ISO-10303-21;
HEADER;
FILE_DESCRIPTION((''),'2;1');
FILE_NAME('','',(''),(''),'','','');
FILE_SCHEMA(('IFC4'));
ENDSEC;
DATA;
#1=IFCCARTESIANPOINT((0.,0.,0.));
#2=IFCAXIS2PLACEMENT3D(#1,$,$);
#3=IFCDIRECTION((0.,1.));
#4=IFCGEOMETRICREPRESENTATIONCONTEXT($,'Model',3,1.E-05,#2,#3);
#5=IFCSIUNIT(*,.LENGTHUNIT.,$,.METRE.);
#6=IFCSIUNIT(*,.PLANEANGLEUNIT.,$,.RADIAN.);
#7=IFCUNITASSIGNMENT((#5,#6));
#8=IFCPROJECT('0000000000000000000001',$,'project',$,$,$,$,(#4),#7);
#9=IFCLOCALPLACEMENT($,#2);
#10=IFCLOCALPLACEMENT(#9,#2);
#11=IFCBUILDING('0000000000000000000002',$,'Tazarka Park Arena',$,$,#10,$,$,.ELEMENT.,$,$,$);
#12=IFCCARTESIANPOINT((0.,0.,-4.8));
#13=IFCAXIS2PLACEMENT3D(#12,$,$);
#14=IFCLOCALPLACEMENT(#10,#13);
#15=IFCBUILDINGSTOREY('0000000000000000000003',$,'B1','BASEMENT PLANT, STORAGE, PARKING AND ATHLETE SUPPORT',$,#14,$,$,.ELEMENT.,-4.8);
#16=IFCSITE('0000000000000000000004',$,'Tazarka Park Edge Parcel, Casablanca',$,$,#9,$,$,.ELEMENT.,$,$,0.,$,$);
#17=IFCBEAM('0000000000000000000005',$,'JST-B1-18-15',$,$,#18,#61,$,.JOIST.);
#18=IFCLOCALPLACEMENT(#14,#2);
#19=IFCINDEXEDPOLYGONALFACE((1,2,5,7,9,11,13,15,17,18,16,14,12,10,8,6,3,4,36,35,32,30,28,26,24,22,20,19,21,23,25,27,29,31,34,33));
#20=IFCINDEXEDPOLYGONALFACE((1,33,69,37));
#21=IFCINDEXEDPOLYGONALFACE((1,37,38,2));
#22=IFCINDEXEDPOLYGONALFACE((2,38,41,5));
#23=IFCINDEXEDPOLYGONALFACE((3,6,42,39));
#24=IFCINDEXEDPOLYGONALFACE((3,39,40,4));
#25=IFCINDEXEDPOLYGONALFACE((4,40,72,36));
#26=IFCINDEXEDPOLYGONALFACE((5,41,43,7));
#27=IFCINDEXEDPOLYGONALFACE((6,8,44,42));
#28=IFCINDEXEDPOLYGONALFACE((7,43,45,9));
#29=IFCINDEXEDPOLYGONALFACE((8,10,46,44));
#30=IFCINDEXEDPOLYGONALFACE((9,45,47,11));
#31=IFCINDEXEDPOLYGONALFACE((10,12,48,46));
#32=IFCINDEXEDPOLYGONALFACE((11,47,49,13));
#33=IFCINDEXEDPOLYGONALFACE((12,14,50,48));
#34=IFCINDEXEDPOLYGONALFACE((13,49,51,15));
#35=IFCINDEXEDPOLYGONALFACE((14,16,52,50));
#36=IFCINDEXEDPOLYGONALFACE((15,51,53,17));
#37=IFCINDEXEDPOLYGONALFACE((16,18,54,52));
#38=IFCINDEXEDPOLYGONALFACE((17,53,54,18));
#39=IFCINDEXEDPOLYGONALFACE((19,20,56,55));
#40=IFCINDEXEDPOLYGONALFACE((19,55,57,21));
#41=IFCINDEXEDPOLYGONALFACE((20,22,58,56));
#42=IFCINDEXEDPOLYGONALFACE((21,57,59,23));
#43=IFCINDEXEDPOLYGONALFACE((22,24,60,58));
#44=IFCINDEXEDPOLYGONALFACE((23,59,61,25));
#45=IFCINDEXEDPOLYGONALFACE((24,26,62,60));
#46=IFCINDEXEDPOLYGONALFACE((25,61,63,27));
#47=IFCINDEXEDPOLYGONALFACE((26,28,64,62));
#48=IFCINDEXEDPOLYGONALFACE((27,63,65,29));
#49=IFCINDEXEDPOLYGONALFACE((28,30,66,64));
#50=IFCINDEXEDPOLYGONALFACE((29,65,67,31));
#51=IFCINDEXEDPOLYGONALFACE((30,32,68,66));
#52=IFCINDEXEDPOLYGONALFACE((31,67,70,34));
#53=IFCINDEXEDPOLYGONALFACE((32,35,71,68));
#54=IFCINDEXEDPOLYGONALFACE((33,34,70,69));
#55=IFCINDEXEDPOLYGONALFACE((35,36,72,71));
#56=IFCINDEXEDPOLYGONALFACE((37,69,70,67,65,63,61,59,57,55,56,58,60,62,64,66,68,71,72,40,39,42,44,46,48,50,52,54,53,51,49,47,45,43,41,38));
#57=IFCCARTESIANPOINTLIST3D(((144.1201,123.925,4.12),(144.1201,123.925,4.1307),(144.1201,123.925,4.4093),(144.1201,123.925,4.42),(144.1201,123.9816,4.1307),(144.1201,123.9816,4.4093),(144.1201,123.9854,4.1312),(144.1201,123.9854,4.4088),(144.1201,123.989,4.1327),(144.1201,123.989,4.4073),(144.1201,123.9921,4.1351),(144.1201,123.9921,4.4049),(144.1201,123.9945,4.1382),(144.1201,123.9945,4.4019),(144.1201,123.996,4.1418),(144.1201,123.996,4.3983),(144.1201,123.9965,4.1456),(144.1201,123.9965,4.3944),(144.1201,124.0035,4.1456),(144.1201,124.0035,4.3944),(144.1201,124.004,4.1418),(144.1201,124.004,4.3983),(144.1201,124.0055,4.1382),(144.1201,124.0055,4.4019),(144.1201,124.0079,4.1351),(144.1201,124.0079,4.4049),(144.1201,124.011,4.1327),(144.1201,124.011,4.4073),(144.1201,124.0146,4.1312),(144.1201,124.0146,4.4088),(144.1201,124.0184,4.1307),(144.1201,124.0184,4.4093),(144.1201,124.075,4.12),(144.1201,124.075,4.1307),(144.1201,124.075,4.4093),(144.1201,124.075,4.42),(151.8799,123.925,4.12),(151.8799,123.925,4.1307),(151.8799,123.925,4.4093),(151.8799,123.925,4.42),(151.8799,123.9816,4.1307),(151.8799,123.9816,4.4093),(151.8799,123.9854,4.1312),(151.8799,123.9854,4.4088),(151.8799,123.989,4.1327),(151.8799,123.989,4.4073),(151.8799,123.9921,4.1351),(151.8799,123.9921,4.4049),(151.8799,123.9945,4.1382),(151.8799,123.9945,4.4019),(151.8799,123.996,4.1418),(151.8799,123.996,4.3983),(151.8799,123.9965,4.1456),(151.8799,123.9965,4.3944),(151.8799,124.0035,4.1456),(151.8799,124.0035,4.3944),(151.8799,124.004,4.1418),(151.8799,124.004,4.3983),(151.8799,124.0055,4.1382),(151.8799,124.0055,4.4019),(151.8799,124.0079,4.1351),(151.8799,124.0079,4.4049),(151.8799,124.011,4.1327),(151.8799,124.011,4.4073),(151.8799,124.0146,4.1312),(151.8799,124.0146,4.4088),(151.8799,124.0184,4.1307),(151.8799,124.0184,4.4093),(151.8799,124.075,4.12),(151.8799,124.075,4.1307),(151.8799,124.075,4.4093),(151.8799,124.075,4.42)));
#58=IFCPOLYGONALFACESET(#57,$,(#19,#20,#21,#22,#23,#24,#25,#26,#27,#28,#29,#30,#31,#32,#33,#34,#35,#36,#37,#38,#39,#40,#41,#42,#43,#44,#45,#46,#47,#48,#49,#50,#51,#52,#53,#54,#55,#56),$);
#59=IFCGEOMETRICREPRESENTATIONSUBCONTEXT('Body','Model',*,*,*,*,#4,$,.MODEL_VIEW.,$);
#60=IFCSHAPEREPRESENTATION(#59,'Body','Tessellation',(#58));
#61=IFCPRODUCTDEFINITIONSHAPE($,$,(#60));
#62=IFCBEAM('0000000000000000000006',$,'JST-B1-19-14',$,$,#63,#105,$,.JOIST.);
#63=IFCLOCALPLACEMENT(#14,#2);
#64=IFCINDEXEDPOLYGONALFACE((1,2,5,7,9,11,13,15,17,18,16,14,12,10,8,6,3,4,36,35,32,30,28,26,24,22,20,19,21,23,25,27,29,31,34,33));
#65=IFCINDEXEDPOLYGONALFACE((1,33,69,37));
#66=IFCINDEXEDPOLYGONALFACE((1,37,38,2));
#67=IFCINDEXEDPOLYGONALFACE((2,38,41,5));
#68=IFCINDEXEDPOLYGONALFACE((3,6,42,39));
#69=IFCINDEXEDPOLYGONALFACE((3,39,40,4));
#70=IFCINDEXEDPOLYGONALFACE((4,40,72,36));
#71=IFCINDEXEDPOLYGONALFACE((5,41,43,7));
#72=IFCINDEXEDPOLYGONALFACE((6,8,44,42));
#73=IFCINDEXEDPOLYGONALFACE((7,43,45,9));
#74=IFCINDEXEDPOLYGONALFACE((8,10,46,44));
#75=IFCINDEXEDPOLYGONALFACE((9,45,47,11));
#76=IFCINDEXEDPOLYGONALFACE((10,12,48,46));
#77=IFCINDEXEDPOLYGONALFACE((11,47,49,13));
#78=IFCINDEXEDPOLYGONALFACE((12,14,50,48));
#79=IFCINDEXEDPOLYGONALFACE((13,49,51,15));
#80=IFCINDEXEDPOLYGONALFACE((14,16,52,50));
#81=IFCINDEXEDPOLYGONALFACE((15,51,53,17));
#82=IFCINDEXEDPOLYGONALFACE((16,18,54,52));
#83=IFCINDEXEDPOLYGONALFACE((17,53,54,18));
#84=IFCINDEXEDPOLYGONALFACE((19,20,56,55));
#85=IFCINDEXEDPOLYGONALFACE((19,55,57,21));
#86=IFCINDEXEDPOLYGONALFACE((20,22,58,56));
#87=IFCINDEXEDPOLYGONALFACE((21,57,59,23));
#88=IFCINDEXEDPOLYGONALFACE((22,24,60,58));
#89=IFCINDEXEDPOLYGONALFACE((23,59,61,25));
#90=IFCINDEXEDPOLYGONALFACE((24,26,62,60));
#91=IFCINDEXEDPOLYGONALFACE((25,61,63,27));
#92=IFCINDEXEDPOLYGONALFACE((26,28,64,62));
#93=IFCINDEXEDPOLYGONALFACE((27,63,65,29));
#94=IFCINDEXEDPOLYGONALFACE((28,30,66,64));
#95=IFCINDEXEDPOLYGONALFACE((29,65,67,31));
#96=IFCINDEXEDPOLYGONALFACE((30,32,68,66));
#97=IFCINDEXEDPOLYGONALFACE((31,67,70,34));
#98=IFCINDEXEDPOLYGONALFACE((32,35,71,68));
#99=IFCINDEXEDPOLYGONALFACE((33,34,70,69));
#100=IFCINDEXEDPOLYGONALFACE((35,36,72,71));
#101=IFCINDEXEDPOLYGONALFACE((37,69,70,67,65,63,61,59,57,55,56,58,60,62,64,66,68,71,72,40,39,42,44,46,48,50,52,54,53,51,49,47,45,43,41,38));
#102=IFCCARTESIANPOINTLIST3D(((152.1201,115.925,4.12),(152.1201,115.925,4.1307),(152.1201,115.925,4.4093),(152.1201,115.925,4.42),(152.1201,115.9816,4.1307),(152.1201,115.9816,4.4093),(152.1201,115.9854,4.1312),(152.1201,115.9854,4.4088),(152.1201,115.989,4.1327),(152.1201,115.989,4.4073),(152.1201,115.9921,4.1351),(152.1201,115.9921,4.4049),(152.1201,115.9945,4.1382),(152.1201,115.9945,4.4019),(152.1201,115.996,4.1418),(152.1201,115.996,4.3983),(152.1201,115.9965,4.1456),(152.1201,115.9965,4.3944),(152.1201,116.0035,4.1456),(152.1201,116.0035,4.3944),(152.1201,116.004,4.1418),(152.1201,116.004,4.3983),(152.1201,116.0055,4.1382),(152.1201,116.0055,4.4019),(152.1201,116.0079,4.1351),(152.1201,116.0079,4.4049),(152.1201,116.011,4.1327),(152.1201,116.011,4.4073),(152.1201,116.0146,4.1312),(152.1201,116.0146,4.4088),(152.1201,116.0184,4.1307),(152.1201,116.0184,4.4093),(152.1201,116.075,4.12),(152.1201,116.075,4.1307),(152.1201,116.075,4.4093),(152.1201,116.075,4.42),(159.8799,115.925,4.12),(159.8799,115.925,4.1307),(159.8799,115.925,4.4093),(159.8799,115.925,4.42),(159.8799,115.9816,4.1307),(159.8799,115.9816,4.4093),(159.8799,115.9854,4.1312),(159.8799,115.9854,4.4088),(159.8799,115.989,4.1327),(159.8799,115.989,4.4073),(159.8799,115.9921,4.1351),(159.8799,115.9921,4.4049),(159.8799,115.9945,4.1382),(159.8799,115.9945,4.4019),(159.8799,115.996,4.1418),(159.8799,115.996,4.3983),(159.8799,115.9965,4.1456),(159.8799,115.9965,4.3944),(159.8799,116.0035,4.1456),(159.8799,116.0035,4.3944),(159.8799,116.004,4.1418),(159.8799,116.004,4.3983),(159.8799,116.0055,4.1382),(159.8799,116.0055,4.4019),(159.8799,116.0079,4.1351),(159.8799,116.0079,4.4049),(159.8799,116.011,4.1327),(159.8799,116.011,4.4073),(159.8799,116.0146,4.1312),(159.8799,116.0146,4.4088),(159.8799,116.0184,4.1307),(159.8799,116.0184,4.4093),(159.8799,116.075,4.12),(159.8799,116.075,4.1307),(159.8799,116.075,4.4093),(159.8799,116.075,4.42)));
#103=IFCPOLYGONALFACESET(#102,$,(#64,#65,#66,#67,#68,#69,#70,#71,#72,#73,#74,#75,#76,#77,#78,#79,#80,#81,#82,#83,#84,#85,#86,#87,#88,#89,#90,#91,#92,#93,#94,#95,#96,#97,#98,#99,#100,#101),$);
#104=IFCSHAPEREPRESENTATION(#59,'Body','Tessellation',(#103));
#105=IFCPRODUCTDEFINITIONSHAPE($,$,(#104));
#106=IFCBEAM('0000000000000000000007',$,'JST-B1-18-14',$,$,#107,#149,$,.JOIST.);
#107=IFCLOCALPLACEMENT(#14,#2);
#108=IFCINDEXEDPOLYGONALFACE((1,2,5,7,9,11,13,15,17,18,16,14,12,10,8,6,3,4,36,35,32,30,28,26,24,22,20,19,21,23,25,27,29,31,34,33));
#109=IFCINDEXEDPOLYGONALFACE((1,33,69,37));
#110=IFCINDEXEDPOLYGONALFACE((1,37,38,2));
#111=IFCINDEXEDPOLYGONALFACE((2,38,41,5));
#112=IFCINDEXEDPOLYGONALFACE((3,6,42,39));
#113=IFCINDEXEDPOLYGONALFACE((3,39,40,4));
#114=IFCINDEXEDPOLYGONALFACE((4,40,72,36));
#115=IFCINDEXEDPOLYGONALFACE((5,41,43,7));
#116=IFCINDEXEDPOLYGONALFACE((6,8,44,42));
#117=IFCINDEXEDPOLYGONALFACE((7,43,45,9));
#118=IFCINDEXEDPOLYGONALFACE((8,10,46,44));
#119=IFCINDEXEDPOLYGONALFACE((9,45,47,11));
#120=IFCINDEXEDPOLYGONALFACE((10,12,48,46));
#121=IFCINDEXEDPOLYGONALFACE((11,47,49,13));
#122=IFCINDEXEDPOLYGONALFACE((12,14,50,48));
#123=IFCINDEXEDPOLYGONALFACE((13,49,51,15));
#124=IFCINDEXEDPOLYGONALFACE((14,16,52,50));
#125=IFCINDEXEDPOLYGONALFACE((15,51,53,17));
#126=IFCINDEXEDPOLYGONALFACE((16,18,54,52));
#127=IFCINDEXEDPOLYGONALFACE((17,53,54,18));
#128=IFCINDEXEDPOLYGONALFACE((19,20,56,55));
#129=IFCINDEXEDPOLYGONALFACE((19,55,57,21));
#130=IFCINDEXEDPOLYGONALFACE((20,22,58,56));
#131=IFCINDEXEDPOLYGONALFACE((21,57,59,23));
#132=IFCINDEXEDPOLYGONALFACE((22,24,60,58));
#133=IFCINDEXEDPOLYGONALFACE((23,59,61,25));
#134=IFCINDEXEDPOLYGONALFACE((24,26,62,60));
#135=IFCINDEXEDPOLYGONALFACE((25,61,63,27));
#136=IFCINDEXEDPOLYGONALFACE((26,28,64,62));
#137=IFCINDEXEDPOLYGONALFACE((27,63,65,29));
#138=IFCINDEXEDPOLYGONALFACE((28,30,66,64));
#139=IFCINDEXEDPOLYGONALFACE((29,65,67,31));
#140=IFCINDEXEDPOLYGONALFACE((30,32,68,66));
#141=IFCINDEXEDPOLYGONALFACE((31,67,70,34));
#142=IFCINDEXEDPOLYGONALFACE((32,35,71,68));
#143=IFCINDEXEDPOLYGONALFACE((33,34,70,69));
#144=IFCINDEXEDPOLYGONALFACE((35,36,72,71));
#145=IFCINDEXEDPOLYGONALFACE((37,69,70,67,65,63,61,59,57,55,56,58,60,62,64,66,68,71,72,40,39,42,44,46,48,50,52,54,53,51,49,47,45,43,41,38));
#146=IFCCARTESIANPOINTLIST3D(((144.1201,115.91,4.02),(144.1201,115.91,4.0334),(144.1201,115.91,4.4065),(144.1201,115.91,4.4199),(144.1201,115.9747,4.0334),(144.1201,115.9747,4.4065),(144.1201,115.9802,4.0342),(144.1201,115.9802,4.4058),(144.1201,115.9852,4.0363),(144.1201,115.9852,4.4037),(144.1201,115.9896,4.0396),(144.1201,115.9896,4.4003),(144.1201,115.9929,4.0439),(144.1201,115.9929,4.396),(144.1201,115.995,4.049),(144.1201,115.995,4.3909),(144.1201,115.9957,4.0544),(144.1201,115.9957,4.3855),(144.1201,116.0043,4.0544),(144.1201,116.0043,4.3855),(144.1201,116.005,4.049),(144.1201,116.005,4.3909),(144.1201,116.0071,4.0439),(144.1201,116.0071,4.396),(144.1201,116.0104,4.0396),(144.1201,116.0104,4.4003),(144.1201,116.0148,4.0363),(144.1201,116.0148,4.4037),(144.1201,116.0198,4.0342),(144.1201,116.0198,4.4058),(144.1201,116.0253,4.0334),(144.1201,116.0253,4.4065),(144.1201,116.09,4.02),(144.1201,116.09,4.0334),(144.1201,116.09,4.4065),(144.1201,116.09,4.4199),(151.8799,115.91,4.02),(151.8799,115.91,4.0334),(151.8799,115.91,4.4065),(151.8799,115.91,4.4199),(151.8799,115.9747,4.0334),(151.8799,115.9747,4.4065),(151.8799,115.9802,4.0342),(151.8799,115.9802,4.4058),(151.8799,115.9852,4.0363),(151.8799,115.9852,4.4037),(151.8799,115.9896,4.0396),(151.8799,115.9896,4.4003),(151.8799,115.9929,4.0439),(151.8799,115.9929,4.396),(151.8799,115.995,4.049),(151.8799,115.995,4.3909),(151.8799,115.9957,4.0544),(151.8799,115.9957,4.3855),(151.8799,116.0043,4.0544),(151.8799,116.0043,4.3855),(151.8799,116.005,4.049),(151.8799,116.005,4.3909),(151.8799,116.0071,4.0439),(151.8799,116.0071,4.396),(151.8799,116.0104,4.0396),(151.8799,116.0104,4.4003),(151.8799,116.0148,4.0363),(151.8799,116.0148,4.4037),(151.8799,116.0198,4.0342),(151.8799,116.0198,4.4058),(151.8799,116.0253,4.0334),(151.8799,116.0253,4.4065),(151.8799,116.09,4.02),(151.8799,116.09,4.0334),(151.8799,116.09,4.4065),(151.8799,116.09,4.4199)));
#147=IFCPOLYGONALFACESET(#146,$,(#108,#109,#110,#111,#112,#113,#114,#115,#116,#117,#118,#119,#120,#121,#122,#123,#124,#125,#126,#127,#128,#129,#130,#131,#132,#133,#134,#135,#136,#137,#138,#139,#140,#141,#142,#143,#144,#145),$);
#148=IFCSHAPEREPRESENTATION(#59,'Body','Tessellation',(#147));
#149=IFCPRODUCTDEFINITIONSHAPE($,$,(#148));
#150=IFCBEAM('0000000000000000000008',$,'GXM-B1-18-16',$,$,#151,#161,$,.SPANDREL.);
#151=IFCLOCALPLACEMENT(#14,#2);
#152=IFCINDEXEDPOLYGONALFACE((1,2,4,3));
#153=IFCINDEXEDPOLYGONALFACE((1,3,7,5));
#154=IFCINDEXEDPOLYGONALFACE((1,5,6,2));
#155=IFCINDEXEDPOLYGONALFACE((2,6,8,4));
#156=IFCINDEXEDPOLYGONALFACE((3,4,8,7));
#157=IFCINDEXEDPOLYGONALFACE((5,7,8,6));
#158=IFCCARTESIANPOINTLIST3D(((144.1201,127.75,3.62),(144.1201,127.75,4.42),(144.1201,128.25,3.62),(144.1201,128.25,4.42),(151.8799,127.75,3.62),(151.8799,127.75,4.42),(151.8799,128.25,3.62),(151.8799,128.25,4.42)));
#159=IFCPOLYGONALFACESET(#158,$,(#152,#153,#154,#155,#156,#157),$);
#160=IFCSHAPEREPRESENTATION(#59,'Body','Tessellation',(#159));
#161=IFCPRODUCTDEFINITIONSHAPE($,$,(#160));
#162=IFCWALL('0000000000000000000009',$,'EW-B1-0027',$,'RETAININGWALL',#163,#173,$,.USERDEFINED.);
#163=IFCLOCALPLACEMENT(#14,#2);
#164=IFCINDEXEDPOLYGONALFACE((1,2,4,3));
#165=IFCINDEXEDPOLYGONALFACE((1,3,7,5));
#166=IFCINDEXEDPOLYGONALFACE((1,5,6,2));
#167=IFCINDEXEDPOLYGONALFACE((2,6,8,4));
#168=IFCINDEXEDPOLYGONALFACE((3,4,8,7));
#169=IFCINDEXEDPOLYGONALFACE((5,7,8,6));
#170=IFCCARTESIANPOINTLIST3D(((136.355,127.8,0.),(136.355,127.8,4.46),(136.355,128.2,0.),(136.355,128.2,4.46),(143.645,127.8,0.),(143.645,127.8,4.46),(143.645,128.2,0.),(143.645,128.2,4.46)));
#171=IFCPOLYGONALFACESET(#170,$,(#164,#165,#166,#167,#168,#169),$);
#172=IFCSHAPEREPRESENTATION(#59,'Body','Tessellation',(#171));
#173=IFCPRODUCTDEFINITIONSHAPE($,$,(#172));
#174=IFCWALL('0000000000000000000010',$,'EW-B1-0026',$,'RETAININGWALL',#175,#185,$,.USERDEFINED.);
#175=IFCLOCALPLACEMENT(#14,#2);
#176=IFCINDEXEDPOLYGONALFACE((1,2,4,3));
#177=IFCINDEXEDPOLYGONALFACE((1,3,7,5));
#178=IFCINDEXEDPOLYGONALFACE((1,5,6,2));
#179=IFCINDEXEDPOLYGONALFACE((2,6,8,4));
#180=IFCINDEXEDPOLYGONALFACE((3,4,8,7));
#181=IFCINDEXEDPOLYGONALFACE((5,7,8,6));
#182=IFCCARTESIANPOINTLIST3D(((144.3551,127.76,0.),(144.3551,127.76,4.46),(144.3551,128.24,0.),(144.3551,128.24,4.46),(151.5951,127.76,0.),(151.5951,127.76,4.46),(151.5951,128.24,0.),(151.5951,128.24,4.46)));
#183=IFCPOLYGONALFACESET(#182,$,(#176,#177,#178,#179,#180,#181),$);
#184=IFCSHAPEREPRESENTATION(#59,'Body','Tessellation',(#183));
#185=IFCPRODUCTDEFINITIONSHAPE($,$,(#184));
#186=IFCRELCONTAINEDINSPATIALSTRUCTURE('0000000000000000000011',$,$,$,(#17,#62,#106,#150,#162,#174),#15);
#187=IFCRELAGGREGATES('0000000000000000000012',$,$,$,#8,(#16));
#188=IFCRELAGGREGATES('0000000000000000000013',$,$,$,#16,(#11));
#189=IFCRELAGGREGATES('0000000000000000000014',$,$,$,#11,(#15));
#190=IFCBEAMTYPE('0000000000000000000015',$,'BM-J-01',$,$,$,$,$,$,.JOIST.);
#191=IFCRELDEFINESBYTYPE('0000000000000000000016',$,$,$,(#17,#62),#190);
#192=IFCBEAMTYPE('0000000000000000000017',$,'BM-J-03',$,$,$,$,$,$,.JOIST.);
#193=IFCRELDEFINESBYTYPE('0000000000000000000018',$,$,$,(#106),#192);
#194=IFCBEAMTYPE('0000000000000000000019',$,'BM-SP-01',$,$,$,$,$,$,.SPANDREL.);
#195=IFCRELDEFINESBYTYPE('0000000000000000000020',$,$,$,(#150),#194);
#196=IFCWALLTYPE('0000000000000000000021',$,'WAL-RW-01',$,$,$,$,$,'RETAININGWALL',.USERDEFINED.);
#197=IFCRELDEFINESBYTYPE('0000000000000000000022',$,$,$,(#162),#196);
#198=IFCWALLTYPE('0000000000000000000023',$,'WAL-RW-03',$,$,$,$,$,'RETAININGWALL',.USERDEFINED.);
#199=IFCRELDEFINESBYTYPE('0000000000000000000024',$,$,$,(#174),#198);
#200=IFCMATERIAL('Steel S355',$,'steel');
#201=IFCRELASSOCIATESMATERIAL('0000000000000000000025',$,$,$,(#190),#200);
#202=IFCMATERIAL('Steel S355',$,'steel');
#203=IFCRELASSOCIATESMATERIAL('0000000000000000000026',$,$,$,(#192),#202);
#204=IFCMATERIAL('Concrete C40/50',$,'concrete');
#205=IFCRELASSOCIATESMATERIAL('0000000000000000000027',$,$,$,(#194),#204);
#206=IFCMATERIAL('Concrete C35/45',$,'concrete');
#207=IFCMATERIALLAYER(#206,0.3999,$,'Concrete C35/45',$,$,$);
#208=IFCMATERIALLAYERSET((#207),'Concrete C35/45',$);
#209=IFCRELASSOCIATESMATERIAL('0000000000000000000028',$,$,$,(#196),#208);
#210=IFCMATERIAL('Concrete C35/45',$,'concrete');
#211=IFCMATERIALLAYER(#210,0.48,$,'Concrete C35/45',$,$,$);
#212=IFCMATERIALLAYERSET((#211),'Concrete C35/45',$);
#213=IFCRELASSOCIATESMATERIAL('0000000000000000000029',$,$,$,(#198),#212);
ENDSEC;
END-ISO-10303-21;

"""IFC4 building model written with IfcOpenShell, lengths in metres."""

from ifc_helpers import new_model, si_unit, direction, frame, frame_2d, origin, origin_2d, place, context, subcontext, project, spatial, rectangle, i_section, extrude, material, layer, layer_set, material_profile, profile_set, type_object, element, save


model = new_model("IFC4")

# Units and contexts
model_context = context("Model", 3, precision=1e-05, world=origin(), true_north=direction((0.0, 1.0)))
body_context = subcontext(model_context, "Body", "Model", "MODEL_VIEW")
ifc_project = project(units=[si_unit("LENGTHUNIT", "METRE"), si_unit("PLANEANGLEUNIT", "RADIAN")], contexts=[model_context])

# Site, building, storey
site_placement = place(None, origin())
site = spatial("IfcSite", under=ifc_project, at=site_placement, Name="Tazarka Park Edge Parcel, Casablanca", CompositionType="ELEMENT", RefElevation=0.0)
building_placement = place(site_placement, origin())
building = spatial("IfcBuilding", under=site, at=building_placement, Name="Tazarka Park Arena", CompositionType="ELEMENT")
storey_placement = place(building_placement, frame((0.0, 0.0, -4.8)))
storey = spatial("IfcBuildingStorey", under=building, at=storey_placement, Name="B1", Description="BASEMENT PLANT, STORAGE, PARKING AND ATHLETE SUPPORT", CompositionType="ELEMENT", Elevation=-4.8)

# Beams
ifc_material_1 = material(Name="Steel S355", Category="steel")
ifc_material_profile_1 = material_profile(ifc_material_1, i_section(OverallWidth=0.1499, OverallDepth=0.3, WebThickness=0.0071, FlangeThickness=0.0107, FilletRadius=0.0149, at=origin_2d()), Name="Steel S355")
ifc_profile_set_1 = profile_set([ifc_material_profile_1], Name="Steel S355")
beam_type_1 = type_object("IfcBeamType", Name="BM-J-01", PredefinedType="JOIST", material=ifc_profile_set_1)
for number, where, z_axis, x_axis, name in (
    (1, (144.1201, 124.0, 4.27), (1.0, 0.0, 0.0), (0.0, 1.0, 0.0), "JST-B1-18-15"),
    (2, (152.1201, 116.0, 4.27), (1.0, 0.0, 0.0), (0.0, 1.0, 0.0), "JST-B1-19-14"),
):
    element("IfcBeam", number, at=place(storey_placement, frame(where, z_axis=z_axis, x_axis=x_axis)), inside=storey, type_object=beam_type_1, Name=name, PredefinedType="JOIST", context=body_context, shape_type="SweptSolid", body=[
        extrude(i_section(OverallWidth=0.1499, OverallDepth=0.3, WebThickness=0.0071, FlangeThickness=0.0107, FilletRadius=0.0149, at=origin_2d()), origin(), (0.0, 0.0, 1.0), 7.7598),
    ])
ifc_material_2 = material(Name="Steel S355", Category="steel")
ifc_material_profile_2 = material_profile(ifc_material_2, i_section(OverallWidth=0.1799, OverallDepth=0.3999, WebThickness=0.0085, FlangeThickness=0.0134, FilletRadius=0.021, at=origin_2d()), Name="Steel S355")
ifc_profile_set_2 = profile_set([ifc_material_profile_2], Name="Steel S355")
beam_type_2 = type_object("IfcBeamType", Name="BM-J-03", PredefinedType="JOIST", material=ifc_profile_set_2)
beam_1_placement = place(storey_placement, frame((144.1201, 116.0, 4.22), z_axis=(1.0, 0.0, 0.0), x_axis=(0.0, 1.0, 0.0)))
element("IfcBeam", 3, at=beam_1_placement, inside=storey, type_object=beam_type_2, Name="JST-B1-18-14", PredefinedType="JOIST", context=body_context, shape_type="SweptSolid", body=[
    extrude(i_section(OverallWidth=0.1799, OverallDepth=0.3999, WebThickness=0.0085, FlangeThickness=0.0134, FilletRadius=0.021, at=origin_2d()), origin(), (0.0, 0.0, 1.0), 7.7598),
])
ifc_material_3 = material(Name="Concrete C40/50", Category="concrete")
ifc_material_profile_3 = material_profile(ifc_material_3, rectangle(XDim=0.5, YDim=0.8, at=origin_2d()), Name="Concrete C40/50")
ifc_profile_set_3 = profile_set([ifc_material_profile_3], Name="Concrete C40/50")
beam_type_3 = type_object("IfcBeamType", Name="BM-SP-01", PredefinedType="SPANDREL", material=ifc_profile_set_3)
beam_2_placement = place(storey_placement, frame((144.1201, 128.0, 4.02), z_axis=(1.0, 0.0, 0.0), x_axis=(0.0, 1.0, 0.0)))
element("IfcBeam", 4, at=beam_2_placement, inside=storey, type_object=beam_type_3, Name="GXM-B1-18-16", PredefinedType="SPANDREL", context=body_context, shape_type="SweptSolid", body=[
    extrude(rectangle(XDim=0.5, YDim=0.8, at=origin_2d()), origin(), (0.0, 0.0, 1.0), 7.7598),
])

# Walls
ifc_material_4 = material(Name="Concrete C35/45", Category="concrete")
ifc_layer_1 = layer(ifc_material_4, 0.3999, Name="Concrete C35/45")
ifc_layer_set_1 = layer_set([ifc_layer_1], Name="Concrete C35/45")
wall_type_1 = type_object("IfcWallType", Name="WAL-RW-01", ElementType="RETAININGWALL", PredefinedType="USERDEFINED", material=ifc_layer_set_1)
wall_1_placement = place(storey_placement, frame((136.355, 128.0, 0.0), z_axis=(0.0, 0.0, 1.0), x_axis=(1.0, 0.0, 0.0)))
element("IfcWall", 5, at=wall_1_placement, inside=storey, type_object=wall_type_1, Name="EW-B1-0027", ObjectType="RETAININGWALL", PredefinedType="USERDEFINED", context=body_context, shape_type="SweptSolid", body=[
    extrude(rectangle(XDim=7.29, YDim=0.3999, at=frame_2d((3.645, 0.0))), origin(), (0.0, 0.0, 1.0), 4.46),
])
ifc_material_5 = material(Name="Concrete C35/45", Category="concrete")
ifc_layer_2 = layer(ifc_material_5, 0.48, Name="Concrete C35/45")
ifc_layer_set_2 = layer_set([ifc_layer_2], Name="Concrete C35/45")
wall_type_2 = type_object("IfcWallType", Name="WAL-RW-03", ElementType="RETAININGWALL", PredefinedType="USERDEFINED", material=ifc_layer_set_2)
wall_2_placement = place(storey_placement, frame((144.355, 128.0, 0.0), z_axis=(0.0, 0.0, 1.0), x_axis=(1.0, 0.0, 0.0)))
element("IfcWall", 6, at=wall_2_placement, inside=storey, type_object=wall_type_2, Name="EW-B1-0026", ObjectType="RETAININGWALL", PredefinedType="USERDEFINED", context=body_context, shape_type="SweptSolid", body=[
    extrude(rectangle(XDim=7.24, YDim=0.48, at=frame_2d((3.6201, 0.0))), origin(), (0.0, 0.0, 1.0), 4.46),
])

save(model, "model.ifc")
